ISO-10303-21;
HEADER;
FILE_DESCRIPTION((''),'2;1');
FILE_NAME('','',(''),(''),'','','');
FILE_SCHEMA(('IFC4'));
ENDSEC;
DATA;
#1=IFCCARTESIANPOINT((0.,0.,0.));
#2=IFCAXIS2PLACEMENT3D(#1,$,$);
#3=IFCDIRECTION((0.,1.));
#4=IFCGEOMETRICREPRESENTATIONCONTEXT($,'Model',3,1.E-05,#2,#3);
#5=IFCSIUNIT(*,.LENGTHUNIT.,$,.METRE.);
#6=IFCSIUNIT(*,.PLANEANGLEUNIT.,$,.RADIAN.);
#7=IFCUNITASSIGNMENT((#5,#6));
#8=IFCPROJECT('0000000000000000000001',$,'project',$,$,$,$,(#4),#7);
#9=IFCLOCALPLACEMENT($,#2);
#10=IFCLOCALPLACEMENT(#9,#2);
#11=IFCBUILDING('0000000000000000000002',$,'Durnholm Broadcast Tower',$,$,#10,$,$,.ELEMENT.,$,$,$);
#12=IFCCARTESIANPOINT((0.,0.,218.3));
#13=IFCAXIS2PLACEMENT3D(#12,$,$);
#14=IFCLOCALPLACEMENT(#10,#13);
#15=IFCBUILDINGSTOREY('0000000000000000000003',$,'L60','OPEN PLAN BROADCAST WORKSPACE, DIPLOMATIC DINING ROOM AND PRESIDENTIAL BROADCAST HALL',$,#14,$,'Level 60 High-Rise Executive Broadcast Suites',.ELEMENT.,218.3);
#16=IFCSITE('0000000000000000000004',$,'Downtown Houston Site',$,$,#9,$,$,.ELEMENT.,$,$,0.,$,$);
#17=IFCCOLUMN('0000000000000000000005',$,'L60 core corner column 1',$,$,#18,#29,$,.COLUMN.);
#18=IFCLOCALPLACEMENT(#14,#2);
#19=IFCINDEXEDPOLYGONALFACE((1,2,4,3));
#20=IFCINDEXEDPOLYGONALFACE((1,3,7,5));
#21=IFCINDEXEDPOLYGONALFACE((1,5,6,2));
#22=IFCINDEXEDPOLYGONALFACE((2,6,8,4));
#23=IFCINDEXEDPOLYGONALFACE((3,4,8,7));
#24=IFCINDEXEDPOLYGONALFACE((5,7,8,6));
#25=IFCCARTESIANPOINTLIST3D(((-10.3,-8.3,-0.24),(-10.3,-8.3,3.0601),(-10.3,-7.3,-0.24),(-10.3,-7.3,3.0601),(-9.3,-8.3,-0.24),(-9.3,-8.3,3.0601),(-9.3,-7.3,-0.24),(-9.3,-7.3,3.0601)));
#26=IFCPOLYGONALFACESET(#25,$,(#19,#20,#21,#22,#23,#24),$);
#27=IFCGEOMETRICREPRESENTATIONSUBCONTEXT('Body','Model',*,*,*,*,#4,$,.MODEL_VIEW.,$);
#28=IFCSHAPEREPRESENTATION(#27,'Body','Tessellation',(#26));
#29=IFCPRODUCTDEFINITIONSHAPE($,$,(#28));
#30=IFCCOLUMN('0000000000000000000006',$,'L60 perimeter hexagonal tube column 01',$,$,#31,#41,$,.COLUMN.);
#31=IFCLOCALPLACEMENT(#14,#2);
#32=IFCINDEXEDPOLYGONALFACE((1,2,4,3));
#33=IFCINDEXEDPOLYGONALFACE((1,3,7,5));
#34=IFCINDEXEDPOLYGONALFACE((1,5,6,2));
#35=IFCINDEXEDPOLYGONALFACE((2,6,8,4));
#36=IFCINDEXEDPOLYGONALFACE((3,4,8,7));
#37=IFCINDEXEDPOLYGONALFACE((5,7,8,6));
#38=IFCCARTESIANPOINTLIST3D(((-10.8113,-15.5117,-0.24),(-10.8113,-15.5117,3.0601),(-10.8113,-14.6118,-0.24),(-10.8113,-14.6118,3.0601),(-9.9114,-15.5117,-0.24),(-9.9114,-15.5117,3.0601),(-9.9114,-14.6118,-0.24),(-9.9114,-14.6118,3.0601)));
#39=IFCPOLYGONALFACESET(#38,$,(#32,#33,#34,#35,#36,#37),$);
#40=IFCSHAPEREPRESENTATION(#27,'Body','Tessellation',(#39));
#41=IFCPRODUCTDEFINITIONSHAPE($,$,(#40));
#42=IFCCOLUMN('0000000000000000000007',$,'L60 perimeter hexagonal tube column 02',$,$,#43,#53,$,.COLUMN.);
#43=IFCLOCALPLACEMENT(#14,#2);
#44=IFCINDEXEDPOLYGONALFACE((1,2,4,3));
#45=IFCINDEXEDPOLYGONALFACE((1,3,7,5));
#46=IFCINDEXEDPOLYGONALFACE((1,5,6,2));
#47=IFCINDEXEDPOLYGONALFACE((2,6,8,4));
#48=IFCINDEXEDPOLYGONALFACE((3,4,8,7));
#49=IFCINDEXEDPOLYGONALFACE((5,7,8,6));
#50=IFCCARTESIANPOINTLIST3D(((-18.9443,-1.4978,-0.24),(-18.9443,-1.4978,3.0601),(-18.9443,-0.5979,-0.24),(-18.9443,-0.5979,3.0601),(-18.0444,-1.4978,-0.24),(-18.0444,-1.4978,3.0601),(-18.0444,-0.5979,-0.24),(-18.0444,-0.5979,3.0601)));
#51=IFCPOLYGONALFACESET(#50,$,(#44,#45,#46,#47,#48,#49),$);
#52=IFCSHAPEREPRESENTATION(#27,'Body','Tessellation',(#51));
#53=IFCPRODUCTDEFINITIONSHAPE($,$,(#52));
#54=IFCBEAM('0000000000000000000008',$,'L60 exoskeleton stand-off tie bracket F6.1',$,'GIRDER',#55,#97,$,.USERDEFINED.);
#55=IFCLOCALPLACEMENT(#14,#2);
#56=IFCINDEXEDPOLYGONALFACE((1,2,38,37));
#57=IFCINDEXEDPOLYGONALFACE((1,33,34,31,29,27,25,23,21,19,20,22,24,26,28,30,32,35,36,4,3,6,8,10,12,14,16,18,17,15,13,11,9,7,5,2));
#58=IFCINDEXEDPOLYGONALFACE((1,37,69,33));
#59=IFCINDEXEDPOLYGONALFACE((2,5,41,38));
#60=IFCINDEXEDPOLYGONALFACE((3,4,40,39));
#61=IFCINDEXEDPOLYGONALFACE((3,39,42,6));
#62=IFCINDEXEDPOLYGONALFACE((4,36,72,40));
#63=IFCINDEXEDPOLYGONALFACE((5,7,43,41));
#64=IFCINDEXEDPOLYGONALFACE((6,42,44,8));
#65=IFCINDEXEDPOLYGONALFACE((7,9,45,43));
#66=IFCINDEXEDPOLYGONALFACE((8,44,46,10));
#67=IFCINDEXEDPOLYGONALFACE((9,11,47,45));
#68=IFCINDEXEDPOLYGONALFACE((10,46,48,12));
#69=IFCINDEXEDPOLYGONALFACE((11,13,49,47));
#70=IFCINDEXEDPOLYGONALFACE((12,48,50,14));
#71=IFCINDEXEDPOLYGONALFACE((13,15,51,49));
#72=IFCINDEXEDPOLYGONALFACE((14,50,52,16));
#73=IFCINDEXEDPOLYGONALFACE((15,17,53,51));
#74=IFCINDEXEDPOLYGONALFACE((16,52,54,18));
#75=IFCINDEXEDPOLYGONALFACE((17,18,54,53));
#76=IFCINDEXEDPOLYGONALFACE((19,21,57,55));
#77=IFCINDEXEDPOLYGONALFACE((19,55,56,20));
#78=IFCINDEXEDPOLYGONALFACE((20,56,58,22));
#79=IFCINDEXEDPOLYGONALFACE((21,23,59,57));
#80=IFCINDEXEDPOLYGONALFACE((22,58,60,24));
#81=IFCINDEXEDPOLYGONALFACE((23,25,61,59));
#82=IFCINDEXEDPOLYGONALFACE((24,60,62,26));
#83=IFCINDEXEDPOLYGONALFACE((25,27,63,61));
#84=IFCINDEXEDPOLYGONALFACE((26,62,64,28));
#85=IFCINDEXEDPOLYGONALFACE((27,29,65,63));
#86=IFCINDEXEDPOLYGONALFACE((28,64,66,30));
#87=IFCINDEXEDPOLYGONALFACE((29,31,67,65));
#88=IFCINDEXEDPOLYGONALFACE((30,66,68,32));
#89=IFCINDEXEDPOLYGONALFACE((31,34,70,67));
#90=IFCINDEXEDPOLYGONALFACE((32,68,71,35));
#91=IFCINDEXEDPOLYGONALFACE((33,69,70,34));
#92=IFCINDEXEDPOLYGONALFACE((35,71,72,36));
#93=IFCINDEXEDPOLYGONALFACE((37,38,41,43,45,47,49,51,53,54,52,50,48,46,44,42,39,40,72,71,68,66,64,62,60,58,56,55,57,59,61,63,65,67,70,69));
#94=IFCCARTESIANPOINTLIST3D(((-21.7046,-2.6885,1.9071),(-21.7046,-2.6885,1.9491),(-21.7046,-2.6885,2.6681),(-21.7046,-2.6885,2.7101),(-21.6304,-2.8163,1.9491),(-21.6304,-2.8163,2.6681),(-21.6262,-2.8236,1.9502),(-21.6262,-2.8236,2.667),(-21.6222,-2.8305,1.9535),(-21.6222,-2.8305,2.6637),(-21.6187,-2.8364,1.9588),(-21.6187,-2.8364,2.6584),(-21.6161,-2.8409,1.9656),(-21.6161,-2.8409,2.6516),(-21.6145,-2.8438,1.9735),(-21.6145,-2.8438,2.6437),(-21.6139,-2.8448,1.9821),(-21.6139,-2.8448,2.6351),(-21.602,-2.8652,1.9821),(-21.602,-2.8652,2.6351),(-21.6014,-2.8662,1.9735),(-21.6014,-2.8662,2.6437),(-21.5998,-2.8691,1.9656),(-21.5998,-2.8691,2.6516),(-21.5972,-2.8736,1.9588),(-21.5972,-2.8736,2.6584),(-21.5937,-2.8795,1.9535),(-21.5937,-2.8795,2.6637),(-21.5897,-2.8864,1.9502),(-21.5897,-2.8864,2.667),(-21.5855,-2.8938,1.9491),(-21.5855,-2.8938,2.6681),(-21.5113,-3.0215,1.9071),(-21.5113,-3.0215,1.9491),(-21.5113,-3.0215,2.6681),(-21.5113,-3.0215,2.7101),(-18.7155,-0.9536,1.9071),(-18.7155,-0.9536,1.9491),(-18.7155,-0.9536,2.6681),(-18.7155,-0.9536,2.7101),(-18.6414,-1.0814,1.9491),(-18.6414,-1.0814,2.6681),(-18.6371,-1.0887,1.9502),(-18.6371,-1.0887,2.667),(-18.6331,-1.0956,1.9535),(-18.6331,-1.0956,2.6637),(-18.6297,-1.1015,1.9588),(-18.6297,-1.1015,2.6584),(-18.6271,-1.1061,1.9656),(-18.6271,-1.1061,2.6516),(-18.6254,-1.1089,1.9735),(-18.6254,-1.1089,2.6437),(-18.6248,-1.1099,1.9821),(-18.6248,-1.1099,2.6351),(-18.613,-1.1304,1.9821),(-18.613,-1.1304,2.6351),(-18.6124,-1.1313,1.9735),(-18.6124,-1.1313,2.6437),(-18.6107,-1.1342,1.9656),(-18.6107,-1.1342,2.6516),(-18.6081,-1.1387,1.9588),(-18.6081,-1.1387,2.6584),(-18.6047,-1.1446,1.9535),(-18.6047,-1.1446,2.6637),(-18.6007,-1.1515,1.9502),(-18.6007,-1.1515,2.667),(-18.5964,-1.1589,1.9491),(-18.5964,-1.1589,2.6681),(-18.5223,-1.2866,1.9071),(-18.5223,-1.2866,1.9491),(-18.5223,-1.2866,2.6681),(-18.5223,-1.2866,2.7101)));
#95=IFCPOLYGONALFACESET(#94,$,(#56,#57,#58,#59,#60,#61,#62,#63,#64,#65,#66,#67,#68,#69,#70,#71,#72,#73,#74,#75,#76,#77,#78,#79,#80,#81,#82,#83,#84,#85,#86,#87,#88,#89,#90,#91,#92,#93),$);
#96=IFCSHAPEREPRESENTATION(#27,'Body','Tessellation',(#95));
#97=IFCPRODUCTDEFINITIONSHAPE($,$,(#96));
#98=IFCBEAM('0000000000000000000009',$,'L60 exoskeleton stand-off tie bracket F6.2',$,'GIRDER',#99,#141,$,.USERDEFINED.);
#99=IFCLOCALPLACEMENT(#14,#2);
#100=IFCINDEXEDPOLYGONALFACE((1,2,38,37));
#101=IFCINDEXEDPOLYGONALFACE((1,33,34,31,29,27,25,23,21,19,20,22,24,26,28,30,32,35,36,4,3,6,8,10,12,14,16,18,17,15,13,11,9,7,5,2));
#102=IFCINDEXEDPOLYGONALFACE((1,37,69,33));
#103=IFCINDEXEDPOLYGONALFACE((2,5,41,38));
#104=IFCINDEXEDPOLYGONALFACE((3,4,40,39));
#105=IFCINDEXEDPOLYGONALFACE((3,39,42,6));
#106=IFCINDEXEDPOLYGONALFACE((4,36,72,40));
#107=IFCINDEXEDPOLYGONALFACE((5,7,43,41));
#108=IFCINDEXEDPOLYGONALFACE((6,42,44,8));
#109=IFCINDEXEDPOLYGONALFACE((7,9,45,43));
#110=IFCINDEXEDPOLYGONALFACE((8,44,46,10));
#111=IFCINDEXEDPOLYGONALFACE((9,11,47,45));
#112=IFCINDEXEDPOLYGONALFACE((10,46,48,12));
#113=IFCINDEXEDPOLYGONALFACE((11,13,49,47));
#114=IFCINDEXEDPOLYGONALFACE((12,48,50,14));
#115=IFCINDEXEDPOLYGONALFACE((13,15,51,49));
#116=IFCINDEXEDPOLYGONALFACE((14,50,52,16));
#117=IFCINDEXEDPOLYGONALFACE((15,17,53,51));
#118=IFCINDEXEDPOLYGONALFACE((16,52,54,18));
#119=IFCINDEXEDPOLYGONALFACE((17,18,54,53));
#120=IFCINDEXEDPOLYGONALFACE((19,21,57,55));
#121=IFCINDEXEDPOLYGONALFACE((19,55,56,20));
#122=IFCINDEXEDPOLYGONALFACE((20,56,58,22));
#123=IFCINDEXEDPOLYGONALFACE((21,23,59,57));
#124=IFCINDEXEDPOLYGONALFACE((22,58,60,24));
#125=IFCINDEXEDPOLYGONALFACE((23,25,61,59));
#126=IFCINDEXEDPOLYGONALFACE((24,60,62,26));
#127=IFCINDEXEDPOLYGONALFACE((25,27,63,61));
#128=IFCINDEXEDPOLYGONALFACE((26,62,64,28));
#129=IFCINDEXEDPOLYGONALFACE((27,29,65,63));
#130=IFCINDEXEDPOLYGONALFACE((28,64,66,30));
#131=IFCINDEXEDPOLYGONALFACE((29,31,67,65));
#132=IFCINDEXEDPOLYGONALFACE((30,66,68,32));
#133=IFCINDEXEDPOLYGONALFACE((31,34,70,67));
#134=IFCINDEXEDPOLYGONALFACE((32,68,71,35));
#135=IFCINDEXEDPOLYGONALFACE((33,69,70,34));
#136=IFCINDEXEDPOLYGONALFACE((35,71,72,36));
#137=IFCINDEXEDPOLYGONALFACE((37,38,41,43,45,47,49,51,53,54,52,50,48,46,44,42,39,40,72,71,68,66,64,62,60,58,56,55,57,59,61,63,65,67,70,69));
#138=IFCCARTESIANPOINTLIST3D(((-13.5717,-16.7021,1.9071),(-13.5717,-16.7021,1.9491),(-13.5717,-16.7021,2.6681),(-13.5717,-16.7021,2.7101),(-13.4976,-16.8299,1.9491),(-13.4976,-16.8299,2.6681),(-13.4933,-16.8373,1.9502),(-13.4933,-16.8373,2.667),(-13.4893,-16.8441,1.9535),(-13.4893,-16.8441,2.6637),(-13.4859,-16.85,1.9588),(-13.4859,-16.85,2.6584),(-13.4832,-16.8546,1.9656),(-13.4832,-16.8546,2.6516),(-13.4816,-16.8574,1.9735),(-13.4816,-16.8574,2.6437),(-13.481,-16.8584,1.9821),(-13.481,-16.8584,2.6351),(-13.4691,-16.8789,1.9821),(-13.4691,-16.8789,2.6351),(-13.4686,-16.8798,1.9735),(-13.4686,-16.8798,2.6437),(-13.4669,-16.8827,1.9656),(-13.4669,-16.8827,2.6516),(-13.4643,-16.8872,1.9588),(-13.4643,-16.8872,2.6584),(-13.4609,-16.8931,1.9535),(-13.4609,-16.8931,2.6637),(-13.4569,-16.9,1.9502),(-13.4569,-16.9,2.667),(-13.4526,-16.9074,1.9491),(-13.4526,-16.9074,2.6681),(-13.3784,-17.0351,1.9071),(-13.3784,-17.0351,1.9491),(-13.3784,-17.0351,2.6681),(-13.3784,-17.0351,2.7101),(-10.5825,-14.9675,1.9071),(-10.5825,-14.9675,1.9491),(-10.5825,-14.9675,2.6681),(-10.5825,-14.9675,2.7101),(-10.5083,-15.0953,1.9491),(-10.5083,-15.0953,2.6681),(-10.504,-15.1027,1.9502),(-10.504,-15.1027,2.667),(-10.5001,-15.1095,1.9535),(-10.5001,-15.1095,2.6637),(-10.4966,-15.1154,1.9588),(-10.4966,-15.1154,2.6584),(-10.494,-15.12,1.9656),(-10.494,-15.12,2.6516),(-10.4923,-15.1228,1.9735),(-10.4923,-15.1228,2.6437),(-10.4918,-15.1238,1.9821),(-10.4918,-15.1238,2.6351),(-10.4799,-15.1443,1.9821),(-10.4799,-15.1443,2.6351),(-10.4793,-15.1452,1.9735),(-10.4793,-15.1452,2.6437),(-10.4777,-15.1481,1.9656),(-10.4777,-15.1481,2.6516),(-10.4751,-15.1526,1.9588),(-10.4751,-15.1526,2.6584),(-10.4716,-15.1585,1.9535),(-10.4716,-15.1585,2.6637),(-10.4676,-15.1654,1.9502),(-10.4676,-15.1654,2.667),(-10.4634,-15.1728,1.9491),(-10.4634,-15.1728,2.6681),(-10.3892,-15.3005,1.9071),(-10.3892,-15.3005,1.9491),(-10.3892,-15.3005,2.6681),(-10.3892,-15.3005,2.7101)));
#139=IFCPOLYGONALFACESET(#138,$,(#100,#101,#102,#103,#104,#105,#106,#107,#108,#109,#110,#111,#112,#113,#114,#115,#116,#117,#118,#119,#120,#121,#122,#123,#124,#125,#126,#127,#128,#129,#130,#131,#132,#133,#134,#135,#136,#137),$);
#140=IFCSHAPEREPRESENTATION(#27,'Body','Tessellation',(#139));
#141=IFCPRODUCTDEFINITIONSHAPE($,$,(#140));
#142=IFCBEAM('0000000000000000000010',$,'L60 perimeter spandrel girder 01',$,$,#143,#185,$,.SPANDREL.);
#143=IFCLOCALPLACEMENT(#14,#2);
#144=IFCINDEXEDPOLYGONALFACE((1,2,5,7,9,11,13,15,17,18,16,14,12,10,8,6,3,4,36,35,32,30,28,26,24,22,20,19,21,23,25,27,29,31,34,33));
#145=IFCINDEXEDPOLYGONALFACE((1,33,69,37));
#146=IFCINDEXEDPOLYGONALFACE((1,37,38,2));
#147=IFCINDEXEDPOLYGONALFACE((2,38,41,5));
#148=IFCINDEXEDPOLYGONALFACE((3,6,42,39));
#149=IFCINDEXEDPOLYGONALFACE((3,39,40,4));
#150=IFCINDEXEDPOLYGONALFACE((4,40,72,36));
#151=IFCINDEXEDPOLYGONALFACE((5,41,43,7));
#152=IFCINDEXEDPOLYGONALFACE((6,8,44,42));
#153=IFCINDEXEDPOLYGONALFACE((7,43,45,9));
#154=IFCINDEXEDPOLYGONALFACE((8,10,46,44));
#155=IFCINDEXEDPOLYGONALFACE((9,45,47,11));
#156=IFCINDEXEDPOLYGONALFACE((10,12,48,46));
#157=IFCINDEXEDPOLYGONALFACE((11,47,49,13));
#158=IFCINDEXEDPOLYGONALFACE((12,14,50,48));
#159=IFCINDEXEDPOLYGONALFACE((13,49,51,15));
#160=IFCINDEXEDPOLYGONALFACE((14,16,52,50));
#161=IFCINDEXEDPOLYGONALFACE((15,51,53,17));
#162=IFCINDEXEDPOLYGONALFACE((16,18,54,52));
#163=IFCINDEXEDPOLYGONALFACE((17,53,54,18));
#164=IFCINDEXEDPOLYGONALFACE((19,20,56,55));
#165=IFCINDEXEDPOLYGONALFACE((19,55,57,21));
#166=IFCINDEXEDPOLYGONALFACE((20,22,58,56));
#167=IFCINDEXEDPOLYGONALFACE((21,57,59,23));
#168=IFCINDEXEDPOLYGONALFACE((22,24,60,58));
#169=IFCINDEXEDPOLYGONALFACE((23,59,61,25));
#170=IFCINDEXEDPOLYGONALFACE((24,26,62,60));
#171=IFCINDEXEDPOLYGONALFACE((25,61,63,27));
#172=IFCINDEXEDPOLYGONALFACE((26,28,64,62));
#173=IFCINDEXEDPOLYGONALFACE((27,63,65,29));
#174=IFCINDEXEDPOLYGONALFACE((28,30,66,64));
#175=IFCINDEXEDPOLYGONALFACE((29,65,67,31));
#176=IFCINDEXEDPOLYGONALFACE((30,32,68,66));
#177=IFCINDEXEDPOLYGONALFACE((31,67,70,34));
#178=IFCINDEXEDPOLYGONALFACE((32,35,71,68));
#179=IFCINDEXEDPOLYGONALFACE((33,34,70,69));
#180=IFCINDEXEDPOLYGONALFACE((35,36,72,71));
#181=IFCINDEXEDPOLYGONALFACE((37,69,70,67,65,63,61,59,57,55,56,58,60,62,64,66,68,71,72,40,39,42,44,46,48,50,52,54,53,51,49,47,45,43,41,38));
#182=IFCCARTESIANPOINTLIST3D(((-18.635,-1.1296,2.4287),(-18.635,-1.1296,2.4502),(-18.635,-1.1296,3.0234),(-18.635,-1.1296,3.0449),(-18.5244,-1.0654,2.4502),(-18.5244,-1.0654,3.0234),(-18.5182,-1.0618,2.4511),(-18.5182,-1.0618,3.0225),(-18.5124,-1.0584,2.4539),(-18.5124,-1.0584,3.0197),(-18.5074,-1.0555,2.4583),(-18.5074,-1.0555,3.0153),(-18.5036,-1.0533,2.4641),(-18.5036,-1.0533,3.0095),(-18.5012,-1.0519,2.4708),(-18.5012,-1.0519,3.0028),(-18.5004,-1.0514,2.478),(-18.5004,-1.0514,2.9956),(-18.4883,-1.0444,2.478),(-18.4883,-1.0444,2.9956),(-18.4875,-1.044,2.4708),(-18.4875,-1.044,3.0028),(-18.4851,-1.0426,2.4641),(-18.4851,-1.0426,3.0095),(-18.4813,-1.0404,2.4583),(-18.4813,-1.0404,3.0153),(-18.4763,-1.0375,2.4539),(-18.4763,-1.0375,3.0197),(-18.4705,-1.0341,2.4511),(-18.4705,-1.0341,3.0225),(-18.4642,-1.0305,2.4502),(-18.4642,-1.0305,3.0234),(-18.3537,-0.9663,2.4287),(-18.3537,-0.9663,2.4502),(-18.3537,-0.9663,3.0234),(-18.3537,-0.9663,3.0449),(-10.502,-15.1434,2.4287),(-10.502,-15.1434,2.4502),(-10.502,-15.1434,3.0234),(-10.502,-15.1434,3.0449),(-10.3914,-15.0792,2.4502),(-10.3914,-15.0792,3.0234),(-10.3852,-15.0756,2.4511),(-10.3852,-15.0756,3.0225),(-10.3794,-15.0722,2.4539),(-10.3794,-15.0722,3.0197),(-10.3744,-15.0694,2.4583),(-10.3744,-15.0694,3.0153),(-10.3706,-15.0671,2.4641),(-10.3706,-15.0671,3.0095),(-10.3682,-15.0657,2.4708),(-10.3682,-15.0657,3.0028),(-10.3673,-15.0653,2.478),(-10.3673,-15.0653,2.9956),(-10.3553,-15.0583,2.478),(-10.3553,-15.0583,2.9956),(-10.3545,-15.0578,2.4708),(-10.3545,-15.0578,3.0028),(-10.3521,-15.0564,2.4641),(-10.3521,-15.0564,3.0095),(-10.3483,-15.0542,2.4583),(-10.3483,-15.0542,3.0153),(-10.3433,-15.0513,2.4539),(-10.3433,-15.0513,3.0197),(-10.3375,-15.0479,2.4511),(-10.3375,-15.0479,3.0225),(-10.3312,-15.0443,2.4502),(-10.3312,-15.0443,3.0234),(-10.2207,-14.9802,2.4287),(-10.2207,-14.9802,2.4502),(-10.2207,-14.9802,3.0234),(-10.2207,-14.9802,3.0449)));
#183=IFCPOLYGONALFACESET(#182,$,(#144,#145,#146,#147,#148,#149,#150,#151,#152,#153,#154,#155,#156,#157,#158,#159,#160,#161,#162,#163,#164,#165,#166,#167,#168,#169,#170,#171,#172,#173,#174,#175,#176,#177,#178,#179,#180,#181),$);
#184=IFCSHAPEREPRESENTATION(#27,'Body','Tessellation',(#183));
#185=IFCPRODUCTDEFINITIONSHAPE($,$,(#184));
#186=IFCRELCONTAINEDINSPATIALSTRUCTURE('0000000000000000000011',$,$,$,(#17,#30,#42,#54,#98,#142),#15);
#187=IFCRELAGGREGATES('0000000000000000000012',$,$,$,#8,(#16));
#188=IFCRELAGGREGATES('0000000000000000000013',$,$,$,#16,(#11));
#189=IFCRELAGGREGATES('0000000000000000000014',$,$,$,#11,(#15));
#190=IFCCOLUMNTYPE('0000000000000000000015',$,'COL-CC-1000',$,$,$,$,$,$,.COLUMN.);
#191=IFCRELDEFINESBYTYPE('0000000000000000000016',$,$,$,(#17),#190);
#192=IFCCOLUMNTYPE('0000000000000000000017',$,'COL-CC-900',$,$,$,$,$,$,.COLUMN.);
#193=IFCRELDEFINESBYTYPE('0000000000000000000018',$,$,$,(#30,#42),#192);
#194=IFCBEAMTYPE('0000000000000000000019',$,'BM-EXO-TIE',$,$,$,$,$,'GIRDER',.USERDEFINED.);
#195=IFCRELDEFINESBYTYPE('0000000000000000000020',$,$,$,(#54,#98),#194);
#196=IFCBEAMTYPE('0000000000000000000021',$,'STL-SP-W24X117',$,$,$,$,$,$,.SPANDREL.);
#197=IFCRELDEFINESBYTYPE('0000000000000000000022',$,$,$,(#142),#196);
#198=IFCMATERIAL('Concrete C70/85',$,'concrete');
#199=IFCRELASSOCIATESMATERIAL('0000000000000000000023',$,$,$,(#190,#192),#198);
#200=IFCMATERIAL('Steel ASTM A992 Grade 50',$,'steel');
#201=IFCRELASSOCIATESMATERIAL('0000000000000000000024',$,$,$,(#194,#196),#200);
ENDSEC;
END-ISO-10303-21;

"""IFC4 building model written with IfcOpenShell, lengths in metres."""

from ifc_helpers import new_model, si_unit, direction, frame, origin, origin_2d, place, context, subcontext, project, spatial, rectangle, i_section, extrude, source, transform, mapped, material, material_profile, profile_set, type_object, type_shapes, element, save


model = new_model("IFC4")

# Units and contexts
model_context = context("Model", 3, precision=1e-05, world=origin(), true_north=direction((0.0, 1.0)))
body_context = subcontext(model_context, "Body", "Model", "MODEL_VIEW")
ifc_project = project(units=[si_unit("LENGTHUNIT", "METRE"), si_unit("PLANEANGLEUNIT", "RADIAN")], contexts=[model_context])

# Site, building, storey
site_placement = place(None, origin())
site = spatial("IfcSite", under=ifc_project, at=site_placement, Name="Downtown Houston Site", CompositionType="ELEMENT", RefElevation=0.0)
building_placement = place(site_placement, origin())
building = spatial("IfcBuilding", under=site, at=building_placement, Name="Durnholm Broadcast Tower", CompositionType="ELEMENT")
storey_placement = place(building_placement, frame((0.0, 0.0, 218.3)))
storey = spatial("IfcBuildingStorey", under=building, at=storey_placement, Name="L60", Description="OPEN PLAN BROADCAST WORKSPACE, DIPLOMATIC DINING ROOM AND PRESIDENTIAL BROADCAST HALL", LongName="Level 60 High-Rise Executive Broadcast Suites", CompositionType="ELEMENT", Elevation=218.3)

# Columns
ifc_material_1 = material(Name="Concrete C70/85", Category="concrete")
ifc_material_profile_1 = material_profile(ifc_material_1, rectangle(XDim=1.0, YDim=1.0, at=origin_2d()), Name="RC1000X1000")
ifc_profile_set_1 = profile_set([ifc_material_profile_1], Name="Concrete C70/85")
column_type_1 = type_object("IfcColumnType", Name="COL-CC-1000", PredefinedType="COLUMN", material=ifc_profile_set_1)
shared_shape_1 = source(origin(), body_context, "Body", "SweptSolid", [
    extrude(rectangle(XDim=1.0, YDim=1.0, at=origin_2d()), origin(), (0.0, 0.0, 1.0), 3.3),
])
type_shapes(column_type_1, [shared_shape_1])
column_placement = place(storey_placement, frame((-9.8, -7.8, -0.24), z_axis=(0.0, 0.0, 1.0), x_axis=(1.0, 0.0, 0.0)))
element("IfcColumn", 1, at=column_placement, inside=storey, type_object=column_type_1, Name="L60 core corner column 1", PredefinedType="COLUMN", context=body_context, shape_type="MappedRepresentation", body=[
    mapped(shared_shape_1, transform((0.0, 0.0, 0.0), x_axis=(1.0, 0.0, 0.0), y_axis=(0.0, 1.0, 0.0), z_axis=(0.0, 0.0, 1.0), scale=1.0)),
])
ifc_material_profile_2 = material_profile(ifc_material_1, rectangle(XDim=0.8999, YDim=0.8999, at=origin_2d()), Name="RC900X900")
ifc_profile_set_2 = profile_set([ifc_material_profile_2], Name="Concrete C70/85")
column_type_2 = type_object("IfcColumnType", Name="COL-CC-900", PredefinedType="COLUMN", material=ifc_profile_set_2)
shared_shape_2 = source(origin(), body_context, "Body", "SweptSolid", [
    extrude(rectangle(XDim=0.8999, YDim=0.8999, at=origin_2d()), origin(), (0.0, 0.0, 1.0), 3.3),
])
type_shapes(column_type_2, [shared_shape_2])
for number, where, z_axis, x_axis, name in (
    (2, (-10.3613, -15.0618, -0.24), (0.0, 0.0, 1.0), (1.0, 0.0, 0.0), "L60 perimeter hexagonal tube column 01"),
    (3, (-18.4944, -1.0479, -0.24), (0.0, 0.0, 1.0), (1.0, 0.0, 0.0), "L60 perimeter hexagonal tube column 02"),
):
    element("IfcColumn", number, at=place(storey_placement, frame(where, z_axis=z_axis, x_axis=x_axis)), inside=storey, type_object=column_type_2, Name=name, PredefinedType="COLUMN", context=body_context, shape_type="MappedRepresentation", body=[
        mapped(shared_shape_2, transform((0.0, 0.0, 0.0), x_axis=(1.0, 0.0, 0.0), y_axis=(0.0, 1.0, 0.0), z_axis=(0.0, 0.0, 1.0), scale=1.0)),
    ])

# Beams
ifc_material_2 = material(Name="Steel ASTM A992 Grade 50", Category="steel")
ifc_material_profile_3 = material_profile(ifc_material_2, i_section(OverallWidth=0.385, OverallDepth=0.803, WebThickness=0.0237, FlangeThickness=0.042, FilletRadius=0.033, at=origin_2d()), Name="W30X261")
ifc_profile_set_3 = profile_set([ifc_material_profile_3], Name="Steel ASTM A992 Grade 50")
beam_type_1 = type_object("IfcBeamType", Name="BM-EXO-TIE", ElementType="GIRDER", PredefinedType="USERDEFINED", material=ifc_profile_set_3)
shared_shape_3 = source(origin(), body_context, "Body", "SweptSolid", [
    extrude(i_section(OverallWidth=0.385, OverallDepth=0.803, WebThickness=0.0237, FlangeThickness=0.042, FilletRadius=0.033, at=origin_2d()), origin(), (0.0, 0.0, 1.0), 3.4561),
])
for number, where, z_axis, x_axis, name in (
    (4, (-18.6189, -1.1201, 2.3086), (-0.864876, -0.501986, 0.0), (0.501986, -0.864876, 0.0), "L60 exoskeleton stand-off tie bracket F6.1"),
    (5, (-10.4858, -15.134, 2.3086), (-0.864924, -0.501902, 0.0), (0.501902, -0.864924, 0.0), "L60 exoskeleton stand-off tie bracket F6.2"),
):
    element("IfcBeam", number, at=place(storey_placement, frame(where, z_axis=z_axis, x_axis=x_axis)), inside=storey, type_object=beam_type_1, Name=name, ObjectType="GIRDER", PredefinedType="USERDEFINED", context=body_context, shape_type="MappedRepresentation", body=[
        mapped(shared_shape_3, transform((0.0, 0.0, 0.0), x_axis=(1.0, 0.0, 0.0), y_axis=(0.0, 1.0, 0.0), z_axis=(0.0, 0.0, 1.0), scale=1.0)),
    ])
ifc_material_profile_4 = material_profile(ifc_material_2, i_section(OverallWidth=0.3252, OverallDepth=0.6162, WebThickness=0.0139, FlangeThickness=0.0215, FilletRadius=0.0278, at=origin_2d()), Name="W24X117")
ifc_profile_set_4 = profile_set([ifc_material_profile_4], Name="Steel ASTM A992 Grade 50")
beam_type_2 = type_object("IfcBeamType", Name="STL-SP-W24X117", PredefinedType="SPANDREL", material=ifc_profile_set_4)
shared_shape_4 = source(origin(), body_context, "Body", "SweptSolid", [
    extrude(i_section(OverallWidth=0.3252, OverallDepth=0.6162, WebThickness=0.0139, FlangeThickness=0.0215, FilletRadius=0.0278, at=origin_2d()), origin(), (0.0, 0.0, 1.0), 16.2029),
])
beam_1_placement = place(storey_placement, frame((-10.3613, -15.0618, 2.7368), z_axis=(-0.501948, 0.864898, 0.0), x_axis=(-0.864898, -0.501948, 0.0)))
element("IfcBeam", 6, at=beam_1_placement, inside=storey, type_object=beam_type_2, Name="L60 perimeter spandrel girder 01", PredefinedType="SPANDREL", context=body_context, shape_type="MappedRepresentation", body=[
    mapped(shared_shape_4, transform((0.0, 0.0, 0.0), x_axis=(1.0, 0.0, 0.0), y_axis=(0.0, 1.0, 0.0), z_axis=(0.0, 0.0, 1.0), scale=1.0)),
])

save(model, "model.ifc")
